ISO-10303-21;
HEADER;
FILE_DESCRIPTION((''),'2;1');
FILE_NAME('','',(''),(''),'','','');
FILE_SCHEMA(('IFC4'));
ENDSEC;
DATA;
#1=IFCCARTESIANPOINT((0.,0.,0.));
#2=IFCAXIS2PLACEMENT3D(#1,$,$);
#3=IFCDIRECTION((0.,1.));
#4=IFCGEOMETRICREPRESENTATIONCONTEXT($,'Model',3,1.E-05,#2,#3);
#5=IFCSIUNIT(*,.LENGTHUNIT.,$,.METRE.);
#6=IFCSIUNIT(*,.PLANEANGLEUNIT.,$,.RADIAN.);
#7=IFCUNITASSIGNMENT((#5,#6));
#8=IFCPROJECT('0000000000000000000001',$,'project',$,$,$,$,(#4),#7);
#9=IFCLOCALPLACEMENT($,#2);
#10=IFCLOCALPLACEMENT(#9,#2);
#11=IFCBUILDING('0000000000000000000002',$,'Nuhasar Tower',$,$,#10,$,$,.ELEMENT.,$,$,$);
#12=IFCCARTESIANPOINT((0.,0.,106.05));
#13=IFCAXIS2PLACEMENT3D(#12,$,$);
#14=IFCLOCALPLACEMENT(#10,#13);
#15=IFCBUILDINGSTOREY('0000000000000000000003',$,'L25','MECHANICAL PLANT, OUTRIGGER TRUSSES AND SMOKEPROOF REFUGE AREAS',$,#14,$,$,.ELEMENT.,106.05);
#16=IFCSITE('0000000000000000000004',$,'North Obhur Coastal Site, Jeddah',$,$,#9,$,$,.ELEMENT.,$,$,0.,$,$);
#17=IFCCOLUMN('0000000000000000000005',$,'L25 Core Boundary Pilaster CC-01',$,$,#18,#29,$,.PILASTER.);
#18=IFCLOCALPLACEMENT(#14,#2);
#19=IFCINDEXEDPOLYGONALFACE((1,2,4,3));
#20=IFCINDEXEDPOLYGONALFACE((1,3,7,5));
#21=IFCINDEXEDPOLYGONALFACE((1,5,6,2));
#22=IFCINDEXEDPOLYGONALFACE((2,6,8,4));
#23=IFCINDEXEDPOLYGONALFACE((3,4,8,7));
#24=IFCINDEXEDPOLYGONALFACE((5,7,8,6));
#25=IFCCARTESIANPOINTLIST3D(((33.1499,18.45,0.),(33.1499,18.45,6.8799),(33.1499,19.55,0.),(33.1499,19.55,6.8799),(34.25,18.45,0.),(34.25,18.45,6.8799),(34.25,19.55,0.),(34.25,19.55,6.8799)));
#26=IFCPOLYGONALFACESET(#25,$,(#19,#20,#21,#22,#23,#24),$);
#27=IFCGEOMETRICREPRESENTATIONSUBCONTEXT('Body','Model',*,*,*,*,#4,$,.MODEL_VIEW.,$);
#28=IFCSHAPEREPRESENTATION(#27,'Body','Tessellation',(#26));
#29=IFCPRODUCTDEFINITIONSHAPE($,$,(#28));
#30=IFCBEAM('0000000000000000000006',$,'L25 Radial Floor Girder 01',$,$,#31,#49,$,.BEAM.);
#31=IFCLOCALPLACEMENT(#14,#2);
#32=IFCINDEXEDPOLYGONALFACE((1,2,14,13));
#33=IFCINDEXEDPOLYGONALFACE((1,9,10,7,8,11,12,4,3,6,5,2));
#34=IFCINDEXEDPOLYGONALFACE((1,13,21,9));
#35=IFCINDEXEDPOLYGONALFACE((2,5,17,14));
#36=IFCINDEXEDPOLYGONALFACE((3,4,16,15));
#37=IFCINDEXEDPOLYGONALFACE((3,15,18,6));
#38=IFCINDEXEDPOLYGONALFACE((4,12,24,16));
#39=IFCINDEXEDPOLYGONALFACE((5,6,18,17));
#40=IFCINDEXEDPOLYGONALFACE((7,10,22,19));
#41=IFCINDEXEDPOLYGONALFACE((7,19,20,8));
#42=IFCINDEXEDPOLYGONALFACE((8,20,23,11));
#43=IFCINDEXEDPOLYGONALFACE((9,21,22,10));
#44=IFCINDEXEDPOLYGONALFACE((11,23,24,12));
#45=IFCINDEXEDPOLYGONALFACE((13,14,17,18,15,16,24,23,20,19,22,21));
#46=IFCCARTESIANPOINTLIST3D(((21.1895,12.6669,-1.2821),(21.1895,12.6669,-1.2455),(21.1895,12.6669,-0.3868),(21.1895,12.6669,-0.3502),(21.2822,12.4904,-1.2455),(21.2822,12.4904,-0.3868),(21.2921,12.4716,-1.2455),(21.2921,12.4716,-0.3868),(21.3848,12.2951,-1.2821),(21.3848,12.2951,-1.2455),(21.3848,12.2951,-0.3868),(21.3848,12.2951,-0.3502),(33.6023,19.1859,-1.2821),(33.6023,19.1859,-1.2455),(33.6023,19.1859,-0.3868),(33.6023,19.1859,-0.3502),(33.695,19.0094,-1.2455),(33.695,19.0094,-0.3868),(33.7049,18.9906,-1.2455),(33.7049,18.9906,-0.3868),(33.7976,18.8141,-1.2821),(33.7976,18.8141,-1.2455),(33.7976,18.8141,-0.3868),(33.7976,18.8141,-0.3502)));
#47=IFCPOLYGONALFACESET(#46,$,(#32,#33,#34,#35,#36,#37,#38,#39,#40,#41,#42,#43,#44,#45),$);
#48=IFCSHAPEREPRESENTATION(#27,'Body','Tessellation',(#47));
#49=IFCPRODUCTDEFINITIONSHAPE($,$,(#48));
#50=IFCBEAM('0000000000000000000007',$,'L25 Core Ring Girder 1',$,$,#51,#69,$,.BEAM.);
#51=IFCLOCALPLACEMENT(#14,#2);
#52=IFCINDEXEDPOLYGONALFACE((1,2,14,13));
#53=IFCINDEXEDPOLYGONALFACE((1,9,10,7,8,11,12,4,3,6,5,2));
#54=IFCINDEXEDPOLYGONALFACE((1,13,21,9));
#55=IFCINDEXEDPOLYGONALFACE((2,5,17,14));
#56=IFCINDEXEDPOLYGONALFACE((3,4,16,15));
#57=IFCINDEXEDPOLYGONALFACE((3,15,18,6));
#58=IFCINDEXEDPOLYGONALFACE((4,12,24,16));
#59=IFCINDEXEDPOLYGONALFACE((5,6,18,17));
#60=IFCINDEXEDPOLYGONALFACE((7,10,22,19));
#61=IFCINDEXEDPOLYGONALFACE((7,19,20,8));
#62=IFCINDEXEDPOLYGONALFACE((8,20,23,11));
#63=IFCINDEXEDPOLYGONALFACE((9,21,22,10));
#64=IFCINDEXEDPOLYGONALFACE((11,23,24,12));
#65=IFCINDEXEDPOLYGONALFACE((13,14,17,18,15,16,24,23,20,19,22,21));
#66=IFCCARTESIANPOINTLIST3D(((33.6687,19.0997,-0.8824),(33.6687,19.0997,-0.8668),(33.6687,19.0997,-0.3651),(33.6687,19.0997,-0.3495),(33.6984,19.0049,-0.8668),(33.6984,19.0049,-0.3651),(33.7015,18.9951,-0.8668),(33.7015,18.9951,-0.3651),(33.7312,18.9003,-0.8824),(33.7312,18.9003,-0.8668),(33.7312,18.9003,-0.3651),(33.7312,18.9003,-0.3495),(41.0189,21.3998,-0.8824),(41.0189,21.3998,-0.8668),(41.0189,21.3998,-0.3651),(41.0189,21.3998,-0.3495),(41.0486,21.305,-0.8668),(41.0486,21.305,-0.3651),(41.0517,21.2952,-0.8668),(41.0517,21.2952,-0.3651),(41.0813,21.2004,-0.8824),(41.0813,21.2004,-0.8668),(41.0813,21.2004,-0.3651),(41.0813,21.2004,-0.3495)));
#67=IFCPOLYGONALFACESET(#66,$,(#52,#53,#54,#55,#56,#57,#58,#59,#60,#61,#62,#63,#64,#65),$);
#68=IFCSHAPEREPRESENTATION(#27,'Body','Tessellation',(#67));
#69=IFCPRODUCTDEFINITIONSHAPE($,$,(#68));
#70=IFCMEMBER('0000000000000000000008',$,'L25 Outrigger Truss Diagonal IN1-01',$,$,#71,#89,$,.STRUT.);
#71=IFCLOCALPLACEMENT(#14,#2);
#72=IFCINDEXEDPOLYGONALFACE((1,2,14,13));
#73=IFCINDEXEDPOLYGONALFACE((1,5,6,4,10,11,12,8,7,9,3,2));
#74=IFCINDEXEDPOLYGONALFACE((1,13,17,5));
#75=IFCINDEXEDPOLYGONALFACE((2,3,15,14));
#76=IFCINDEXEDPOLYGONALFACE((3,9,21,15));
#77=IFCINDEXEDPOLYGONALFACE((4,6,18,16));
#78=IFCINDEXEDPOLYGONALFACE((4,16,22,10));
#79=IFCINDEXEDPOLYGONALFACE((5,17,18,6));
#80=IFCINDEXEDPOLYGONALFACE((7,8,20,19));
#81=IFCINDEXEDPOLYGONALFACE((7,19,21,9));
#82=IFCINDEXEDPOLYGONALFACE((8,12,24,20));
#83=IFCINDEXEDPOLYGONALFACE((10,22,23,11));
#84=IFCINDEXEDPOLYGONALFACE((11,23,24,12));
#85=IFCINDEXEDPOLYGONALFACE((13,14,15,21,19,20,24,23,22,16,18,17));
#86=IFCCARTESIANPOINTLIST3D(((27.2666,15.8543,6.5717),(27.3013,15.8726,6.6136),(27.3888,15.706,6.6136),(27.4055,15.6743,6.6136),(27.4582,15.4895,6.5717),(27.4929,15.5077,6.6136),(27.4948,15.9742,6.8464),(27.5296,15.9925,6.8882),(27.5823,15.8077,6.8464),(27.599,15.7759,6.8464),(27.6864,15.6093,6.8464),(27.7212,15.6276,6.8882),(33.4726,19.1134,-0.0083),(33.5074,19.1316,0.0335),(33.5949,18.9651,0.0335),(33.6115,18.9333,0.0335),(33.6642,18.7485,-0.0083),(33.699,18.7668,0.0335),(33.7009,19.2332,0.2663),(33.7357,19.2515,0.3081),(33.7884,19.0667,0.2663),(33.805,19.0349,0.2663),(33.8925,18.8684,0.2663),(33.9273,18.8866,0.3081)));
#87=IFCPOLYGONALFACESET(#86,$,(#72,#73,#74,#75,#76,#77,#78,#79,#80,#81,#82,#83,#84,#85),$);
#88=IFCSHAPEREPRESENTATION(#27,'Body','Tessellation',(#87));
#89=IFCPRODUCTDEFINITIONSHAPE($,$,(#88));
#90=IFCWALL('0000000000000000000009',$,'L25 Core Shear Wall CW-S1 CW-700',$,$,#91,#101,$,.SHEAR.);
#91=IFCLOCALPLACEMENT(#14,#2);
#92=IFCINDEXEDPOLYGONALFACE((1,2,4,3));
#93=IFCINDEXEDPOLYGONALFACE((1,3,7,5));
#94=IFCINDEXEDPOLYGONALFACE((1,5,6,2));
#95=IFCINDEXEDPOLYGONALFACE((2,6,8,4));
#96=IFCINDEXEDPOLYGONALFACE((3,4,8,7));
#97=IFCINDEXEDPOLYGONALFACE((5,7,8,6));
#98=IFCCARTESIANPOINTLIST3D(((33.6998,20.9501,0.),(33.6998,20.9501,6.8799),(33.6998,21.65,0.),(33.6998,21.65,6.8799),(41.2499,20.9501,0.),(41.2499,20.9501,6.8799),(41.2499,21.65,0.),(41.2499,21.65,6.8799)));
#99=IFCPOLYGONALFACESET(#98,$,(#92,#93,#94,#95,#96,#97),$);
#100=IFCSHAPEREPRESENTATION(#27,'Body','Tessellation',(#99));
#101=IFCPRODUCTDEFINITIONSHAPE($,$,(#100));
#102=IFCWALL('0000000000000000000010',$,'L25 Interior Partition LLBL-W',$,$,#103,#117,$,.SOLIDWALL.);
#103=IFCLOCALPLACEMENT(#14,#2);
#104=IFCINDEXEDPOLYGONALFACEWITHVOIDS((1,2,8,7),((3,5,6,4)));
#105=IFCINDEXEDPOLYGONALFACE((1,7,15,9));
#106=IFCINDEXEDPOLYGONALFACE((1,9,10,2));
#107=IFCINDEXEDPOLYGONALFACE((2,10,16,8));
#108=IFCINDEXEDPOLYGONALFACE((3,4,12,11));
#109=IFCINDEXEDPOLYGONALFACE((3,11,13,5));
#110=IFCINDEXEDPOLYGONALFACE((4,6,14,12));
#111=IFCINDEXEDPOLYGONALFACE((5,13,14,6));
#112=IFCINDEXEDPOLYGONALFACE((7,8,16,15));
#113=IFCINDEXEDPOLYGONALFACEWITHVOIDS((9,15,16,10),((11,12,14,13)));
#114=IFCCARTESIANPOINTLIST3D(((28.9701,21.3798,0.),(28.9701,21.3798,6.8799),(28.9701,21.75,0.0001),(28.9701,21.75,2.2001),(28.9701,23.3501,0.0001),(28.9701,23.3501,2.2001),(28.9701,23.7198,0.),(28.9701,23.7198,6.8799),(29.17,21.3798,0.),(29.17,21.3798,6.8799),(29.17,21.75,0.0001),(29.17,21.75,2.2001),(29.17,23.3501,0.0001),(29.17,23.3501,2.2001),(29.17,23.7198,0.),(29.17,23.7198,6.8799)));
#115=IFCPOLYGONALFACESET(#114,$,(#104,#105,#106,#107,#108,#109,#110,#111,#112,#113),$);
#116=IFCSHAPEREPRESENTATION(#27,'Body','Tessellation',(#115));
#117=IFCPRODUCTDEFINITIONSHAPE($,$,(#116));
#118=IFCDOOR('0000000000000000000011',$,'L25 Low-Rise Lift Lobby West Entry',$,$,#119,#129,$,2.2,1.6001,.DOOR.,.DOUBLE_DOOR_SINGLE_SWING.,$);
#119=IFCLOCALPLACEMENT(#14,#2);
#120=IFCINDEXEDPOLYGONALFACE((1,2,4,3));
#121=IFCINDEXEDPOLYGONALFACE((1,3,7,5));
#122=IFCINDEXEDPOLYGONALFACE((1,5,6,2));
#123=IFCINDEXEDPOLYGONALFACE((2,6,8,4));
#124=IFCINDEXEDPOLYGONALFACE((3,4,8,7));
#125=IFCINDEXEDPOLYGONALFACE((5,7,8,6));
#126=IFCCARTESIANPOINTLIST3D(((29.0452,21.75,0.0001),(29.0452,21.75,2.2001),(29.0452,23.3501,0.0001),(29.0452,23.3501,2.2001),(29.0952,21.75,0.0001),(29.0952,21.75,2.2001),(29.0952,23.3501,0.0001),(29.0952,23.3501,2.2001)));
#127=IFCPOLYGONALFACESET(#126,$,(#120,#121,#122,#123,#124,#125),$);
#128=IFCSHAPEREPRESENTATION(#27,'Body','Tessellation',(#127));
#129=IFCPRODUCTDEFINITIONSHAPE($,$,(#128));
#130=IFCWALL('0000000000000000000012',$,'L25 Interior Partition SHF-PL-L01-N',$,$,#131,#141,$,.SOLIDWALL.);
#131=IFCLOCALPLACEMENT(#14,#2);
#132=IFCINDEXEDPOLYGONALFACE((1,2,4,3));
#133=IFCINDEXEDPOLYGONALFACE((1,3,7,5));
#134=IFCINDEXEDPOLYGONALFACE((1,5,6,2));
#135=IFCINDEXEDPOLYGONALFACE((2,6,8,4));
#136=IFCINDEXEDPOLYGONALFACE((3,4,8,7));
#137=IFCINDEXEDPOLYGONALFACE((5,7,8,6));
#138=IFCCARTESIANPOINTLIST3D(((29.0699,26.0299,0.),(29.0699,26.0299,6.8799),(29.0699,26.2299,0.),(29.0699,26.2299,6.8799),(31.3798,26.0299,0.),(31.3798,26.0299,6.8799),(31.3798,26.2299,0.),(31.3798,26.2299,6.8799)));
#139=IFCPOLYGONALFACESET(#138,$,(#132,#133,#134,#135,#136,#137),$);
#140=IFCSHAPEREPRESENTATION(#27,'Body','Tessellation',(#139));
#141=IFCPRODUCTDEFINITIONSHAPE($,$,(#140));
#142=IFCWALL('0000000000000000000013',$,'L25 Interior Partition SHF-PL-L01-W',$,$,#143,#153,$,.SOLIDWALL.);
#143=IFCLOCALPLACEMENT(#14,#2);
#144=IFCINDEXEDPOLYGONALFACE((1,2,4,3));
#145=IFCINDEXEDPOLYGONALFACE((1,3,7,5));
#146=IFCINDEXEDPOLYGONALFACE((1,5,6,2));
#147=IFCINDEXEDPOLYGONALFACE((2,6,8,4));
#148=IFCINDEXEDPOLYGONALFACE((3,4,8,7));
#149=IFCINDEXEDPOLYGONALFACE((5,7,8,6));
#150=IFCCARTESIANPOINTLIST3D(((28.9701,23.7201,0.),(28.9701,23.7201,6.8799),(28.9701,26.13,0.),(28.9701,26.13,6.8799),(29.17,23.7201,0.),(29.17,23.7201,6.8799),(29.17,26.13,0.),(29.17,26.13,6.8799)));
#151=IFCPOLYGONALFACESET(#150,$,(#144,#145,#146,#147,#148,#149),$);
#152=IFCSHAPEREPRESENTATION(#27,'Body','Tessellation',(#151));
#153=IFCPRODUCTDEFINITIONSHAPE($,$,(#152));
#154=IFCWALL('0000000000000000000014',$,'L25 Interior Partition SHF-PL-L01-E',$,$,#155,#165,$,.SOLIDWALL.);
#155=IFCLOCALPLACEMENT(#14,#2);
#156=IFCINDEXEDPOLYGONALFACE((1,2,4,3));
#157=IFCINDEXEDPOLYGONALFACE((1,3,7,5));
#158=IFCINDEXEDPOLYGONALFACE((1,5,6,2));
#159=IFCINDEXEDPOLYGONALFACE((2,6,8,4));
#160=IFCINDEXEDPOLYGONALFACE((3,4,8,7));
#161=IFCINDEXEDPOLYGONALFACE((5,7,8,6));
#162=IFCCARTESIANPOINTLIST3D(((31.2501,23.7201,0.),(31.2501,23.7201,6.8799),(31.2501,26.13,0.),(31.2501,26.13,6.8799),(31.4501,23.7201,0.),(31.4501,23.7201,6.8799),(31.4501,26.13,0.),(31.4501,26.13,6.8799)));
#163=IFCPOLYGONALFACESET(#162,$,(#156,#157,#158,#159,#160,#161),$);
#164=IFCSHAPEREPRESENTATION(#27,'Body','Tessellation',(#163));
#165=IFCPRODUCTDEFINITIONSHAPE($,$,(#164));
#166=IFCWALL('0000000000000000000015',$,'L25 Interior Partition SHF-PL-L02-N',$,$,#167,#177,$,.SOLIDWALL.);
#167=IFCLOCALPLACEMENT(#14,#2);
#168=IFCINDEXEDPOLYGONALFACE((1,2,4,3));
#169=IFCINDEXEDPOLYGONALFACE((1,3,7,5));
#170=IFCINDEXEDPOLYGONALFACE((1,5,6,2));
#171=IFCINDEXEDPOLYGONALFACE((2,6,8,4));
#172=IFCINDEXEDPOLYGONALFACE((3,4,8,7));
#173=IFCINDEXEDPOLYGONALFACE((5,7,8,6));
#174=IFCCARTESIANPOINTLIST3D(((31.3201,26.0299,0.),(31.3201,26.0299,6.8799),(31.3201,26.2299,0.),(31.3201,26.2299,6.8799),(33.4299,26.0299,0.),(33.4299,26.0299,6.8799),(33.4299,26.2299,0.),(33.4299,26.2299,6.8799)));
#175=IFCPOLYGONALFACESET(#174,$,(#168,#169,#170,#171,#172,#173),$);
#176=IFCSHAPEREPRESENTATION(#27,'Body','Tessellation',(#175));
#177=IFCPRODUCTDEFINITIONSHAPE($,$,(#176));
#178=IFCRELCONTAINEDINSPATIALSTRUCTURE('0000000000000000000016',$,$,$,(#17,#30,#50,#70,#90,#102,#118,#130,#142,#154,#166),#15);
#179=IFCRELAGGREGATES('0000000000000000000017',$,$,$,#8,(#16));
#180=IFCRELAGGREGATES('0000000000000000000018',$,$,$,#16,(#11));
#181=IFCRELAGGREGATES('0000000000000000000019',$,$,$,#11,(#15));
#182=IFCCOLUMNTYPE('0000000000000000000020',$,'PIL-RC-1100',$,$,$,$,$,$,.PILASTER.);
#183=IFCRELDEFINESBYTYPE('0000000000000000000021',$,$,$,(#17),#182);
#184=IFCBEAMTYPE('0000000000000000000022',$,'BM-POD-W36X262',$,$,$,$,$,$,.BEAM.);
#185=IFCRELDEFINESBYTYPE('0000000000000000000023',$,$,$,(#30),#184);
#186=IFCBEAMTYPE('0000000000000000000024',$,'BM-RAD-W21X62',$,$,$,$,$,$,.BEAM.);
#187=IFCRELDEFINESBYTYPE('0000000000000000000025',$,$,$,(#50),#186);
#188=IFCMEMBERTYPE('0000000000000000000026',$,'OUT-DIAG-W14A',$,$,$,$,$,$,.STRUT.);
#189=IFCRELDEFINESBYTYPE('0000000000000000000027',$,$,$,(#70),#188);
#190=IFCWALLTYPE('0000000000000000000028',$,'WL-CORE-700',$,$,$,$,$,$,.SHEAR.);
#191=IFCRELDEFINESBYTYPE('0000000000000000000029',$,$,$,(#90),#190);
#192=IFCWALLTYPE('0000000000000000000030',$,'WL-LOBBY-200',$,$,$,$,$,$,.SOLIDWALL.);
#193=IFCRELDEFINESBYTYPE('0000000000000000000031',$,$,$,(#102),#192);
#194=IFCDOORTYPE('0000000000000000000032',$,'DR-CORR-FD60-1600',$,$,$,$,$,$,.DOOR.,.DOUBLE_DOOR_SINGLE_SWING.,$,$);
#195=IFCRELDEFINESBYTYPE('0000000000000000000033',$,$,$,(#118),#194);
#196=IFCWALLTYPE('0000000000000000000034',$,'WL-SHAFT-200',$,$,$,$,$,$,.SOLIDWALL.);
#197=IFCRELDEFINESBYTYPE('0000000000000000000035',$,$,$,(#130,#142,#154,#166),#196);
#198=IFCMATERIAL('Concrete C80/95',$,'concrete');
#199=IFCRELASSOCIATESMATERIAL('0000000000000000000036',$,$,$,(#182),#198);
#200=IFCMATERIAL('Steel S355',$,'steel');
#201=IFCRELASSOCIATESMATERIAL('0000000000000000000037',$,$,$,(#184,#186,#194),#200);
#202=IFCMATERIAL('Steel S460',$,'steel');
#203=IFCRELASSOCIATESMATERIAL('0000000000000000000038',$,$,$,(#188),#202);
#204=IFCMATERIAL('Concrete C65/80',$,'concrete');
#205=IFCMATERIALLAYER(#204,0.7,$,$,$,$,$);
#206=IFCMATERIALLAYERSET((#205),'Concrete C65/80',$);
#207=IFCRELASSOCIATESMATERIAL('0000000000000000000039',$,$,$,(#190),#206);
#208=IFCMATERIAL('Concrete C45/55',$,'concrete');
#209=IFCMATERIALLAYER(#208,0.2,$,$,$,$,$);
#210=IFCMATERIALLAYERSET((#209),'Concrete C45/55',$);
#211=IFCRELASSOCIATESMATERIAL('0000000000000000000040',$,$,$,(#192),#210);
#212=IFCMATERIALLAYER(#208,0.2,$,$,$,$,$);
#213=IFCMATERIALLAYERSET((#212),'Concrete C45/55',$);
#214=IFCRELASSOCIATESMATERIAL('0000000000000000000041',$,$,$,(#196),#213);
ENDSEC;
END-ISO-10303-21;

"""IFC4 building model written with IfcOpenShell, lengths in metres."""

from ifc_helpers import new_model, si_unit, direction, frame, frame_2d, origin, origin_2d, place, context, subcontext, project, spatial, rectangle, i_section, extrude, material, layer, layer_set, material_profile, profile_set, type_object, element, fill, save


model = new_model("IFC4")

# Units and contexts
model_context = context("Model", 3, precision=1e-05, world=origin(), true_north=direction((0.0, 1.0)))
body_context = subcontext(model_context, "Body", "Model", "MODEL_VIEW")
ifc_project = project(units=[si_unit("LENGTHUNIT", "METRE"), si_unit("PLANEANGLEUNIT", "RADIAN")], contexts=[model_context])

# Site, building, storey
site_placement = place(None, origin())
site = spatial("IfcSite", under=ifc_project, at=site_placement, Name="North Obhur Coastal Site, Jeddah", CompositionType="ELEMENT", RefElevation=0.0)
building_placement = place(site_placement, origin())
building = spatial("IfcBuilding", under=site, at=building_placement, Name="Nuhasar Tower", CompositionType="ELEMENT")
storey_placement = place(building_placement, frame((0.0, 0.0, 106.05)))
storey = spatial("IfcBuildingStorey", under=building, at=storey_placement, Name="L25", Description="MECHANICAL PLANT, OUTRIGGER TRUSSES AND SMOKEPROOF REFUGE AREAS", CompositionType="ELEMENT", Elevation=106.05)

# Column
ifc_material_1 = material(Name="Concrete C80/95", Category="concrete")
ifc_material_profile_1 = material_profile(ifc_material_1, rectangle(XDim=1.1001, YDim=1.1001, at=origin_2d()), Name="RC1100X1100")
ifc_profile_set_1 = profile_set([ifc_material_profile_1], Name="Concrete C80/95")
column_type = type_object("IfcColumnType", Name="PIL-RC-1100", PredefinedType="PILASTER", material=ifc_profile_set_1)
column_placement = place(storey_placement, frame((33.7, 19.0, 0.0), z_axis=(0.0, 0.0, 1.0), x_axis=(1.0, 0.0, 0.0)))
element("IfcColumn", 1, at=column_placement, inside=storey, type_object=column_type, Name="L25 Core Boundary Pilaster CC-01", PredefinedType="PILASTER", context=body_context, shape_type="SweptSolid", body=[
    extrude(rectangle(XDim=1.1001, YDim=1.1001, at=origin_2d()), origin(), (0.0, 0.0, 1.0), 6.8799),
])

# Beams
ifc_material_2 = material(Name="Steel S355", Category="steel")
ifc_material_profile_2 = material_profile(ifc_material_2, i_section(OverallWidth=0.4199, OverallDepth=0.9319, WebThickness=0.0212, FlangeThickness=0.0366, at=origin_2d()), Name="W36X262")
ifc_profile_set_2 = profile_set([ifc_material_profile_2], Name="Steel S355")
beam_type_1 = type_object("IfcBeamType", Name="BM-POD-W36X262", PredefinedType="BEAM", material=ifc_profile_set_2)
beam_1_placement = place(storey_placement, frame((33.7, 19.0, -0.8162), z_axis=(-0.88533, -0.464963, 0.0), x_axis=(0.464963, -0.88533, 0.0)))
element("IfcBeam", 2, at=beam_1_placement, inside=storey, type_object=beam_type_1, Name="L25 Radial Floor Girder 01", PredefinedType="BEAM", context=body_context, shape_type="SweptSolid", body=[
    extrude(i_section(OverallWidth=0.4199, OverallDepth=0.9319, WebThickness=0.0212, FlangeThickness=0.0366, at=origin_2d()), origin(), (0.0, 0.0, 1.0), 14.0205),
])
ifc_material_profile_3 = material_profile(ifc_material_2, i_section(OverallWidth=0.209, OverallDepth=0.533, WebThickness=0.0103, FlangeThickness=0.0156, at=origin_2d()), Name="W21X62")
ifc_profile_set_3 = profile_set([ifc_material_profile_3], Name="Steel S355")
beam_type_2 = type_object("IfcBeamType", Name="BM-RAD-W21X62", PredefinedType="BEAM", material=ifc_profile_set_3)
beam_2_placement = place(storey_placement, frame((33.7, 19.0, -0.616), z_axis=(0.954364, 0.298647, 0.0), x_axis=(-0.298647, 0.954364, 0.0)))
element("IfcBeam", 3, at=beam_2_placement, inside=storey, type_object=beam_type_2, Name="L25 Core Ring Girder 1", PredefinedType="BEAM", context=body_context, shape_type="SweptSolid", body=[
    extrude(i_section(OverallWidth=0.209, OverallDepth=0.533, WebThickness=0.0103, FlangeThickness=0.0156, at=origin_2d()), origin(), (0.0, 0.0, 1.0), 7.7017),
])

# Member
ifc_material_3 = material(Name="Steel S460", Category="steel")
ifc_material_profile_4 = material_profile(ifc_material_3, i_section(OverallWidth=0.4121, OverallDepth=0.4341, WebThickness=0.0359, FlangeThickness=0.0574, at=origin_2d()), Name="W14X311")
ifc_profile_set_4 = profile_set([ifc_material_profile_4], Name="Steel S460")
member_type = type_object("IfcMemberType", Name="OUT-DIAG-W14A", PredefinedType="STRUT", material=ifc_profile_set_4)
member_placement = place(storey_placement, frame((33.7, 19.0, 0.1499), z_axis=(-0.645506, -0.338979, 0.684409), x_axis=(0.464929, -0.885348, 0.0)))
element("IfcMember", 4, at=member_placement, inside=storey, type_object=member_type, Name="L25 Outrigger Truss Diagonal IN1-01", PredefinedType="STRUT", context=body_context, shape_type="SweptSolid", body=[
    extrude(i_section(OverallWidth=0.4121, OverallDepth=0.4341, WebThickness=0.0359, FlangeThickness=0.0574, at=origin_2d()), origin(), (0.0, 0.0, 1.0), 9.6143),
])

# Wall
ifc_material_4 = material(Name="Concrete C65/80", Category="concrete")
ifc_layer_1 = layer(ifc_material_4, 0.7)
ifc_layer_set_1 = layer_set([ifc_layer_1], Name="Concrete C65/80")
wall_type_1 = type_object("IfcWallType", Name="WL-CORE-700", PredefinedType="SHEAR", material=ifc_layer_set_1)
wall_1_placement = place(storey_placement, frame((33.7, 21.3, 0.0), z_axis=(0.0, 0.0, 1.0), x_axis=(1.0, 0.0, 0.0)))
element("IfcWall", 5, at=wall_1_placement, inside=storey, type_object=wall_type_1, Name="L25 Core Shear Wall CW-S1 CW-700", PredefinedType="SHEAR", context=body_context, shape_type="SweptSolid", body=[
    extrude(rectangle(XDim=7.55, YDim=0.7, at=frame_2d((3.7749, 0.0))), origin(), (0.0, 0.0, 1.0), 6.8799),
])

# Wall, opening, door
ifc_material_5 = material(Name="Concrete C45/55", Category="concrete")
ifc_layer_2 = layer(ifc_material_5, 0.2)
ifc_layer_set_2 = layer_set([ifc_layer_2], Name="Concrete C45/55")
wall_type_2 = type_object("IfcWallType", Name="WL-LOBBY-200", PredefinedType="SOLIDWALL", material=ifc_layer_set_2)
wall_2_placement = place(storey_placement, frame((29.0701, 21.3799, 0.0), z_axis=(0.0, 0.0, 1.0), x_axis=(0.0, 1.0, 0.0)))
wall_2 = element("IfcWall", 6, at=wall_2_placement, inside=storey, type_object=wall_type_2, Name="L25 Interior Partition LLBL-W", PredefinedType="SOLIDWALL", context=body_context, shape_type="SweptSolid", body=[
    extrude(rectangle(XDim=2.3401, YDim=0.2, at=frame_2d((1.1699, 0.0))), origin(), (0.0, 0.0, 1.0), 6.8799),
])
opening_1_placement = place(wall_2_placement, frame((0.3701, 0.0, 0.0)))
opening_1 = element("IfcOpeningElement", 7, at=opening_1_placement, cuts=wall_2, PredefinedType="OPENING", context=body_context, shape_type="SweptSolid", body=[
    extrude(rectangle(XDim=1.6001, YDim=2.2, at=frame_2d((0.8, 1.1001))), frame((0.0, 0.1099, 0.0), z_axis=(0.0, -1.0, 0.0), x_axis=(1.0, 0.0, 0.0)), (0.0, 0.0, 1.0), 0.22),
])
door_type_1 = type_object("IfcDoorType", Name="DR-CORR-FD60-1600", OperationType="DOUBLE_DOOR_SINGLE_SWING", PredefinedType="DOOR", material=ifc_material_2)
door_1_placement = place(opening_1_placement, origin())
door_1 = element("IfcDoor", 8, at=door_1_placement, inside=storey, type_object=door_type_1, Name="L25 Low-Rise Lift Lobby West Entry", OperationType="DOUBLE_DOOR_SINGLE_SWING", OverallHeight=2.2, OverallWidth=1.6001, PredefinedType="DOOR", context=body_context, shape_type="SweptSolid", body=[
    extrude(rectangle(XDim=1.6001, YDim=2.2, at=frame_2d((0.8, 1.1001))), frame((0.0, 0.0249, 0.0), z_axis=(0.0, -1.0, 0.0), x_axis=(1.0, 0.0, 0.0)), (0.0, 0.0, 1.0), 0.05),
])
fill(opening_1, door_1)
ifc_layer_3 = layer(ifc_material_5, 0.2)
ifc_layer_set_3 = layer_set([ifc_layer_3], Name="Concrete C45/55")
wall_type_3 = type_object("IfcWallType", Name="WL-SHAFT-200", PredefinedType="SOLIDWALL", material=ifc_layer_set_3)

# Walls
wall_3_placement = place(storey_placement, frame((29.0701, 26.1299, 0.0), z_axis=(0.0, 0.0, 1.0), x_axis=(1.0, 0.0, 0.0)))
element("IfcWall", 9, at=wall_3_placement, inside=storey, type_object=wall_type_3, Name="L25 Interior Partition SHF-PL-L01-N", PredefinedType="SOLIDWALL", context=body_context, shape_type="SweptSolid", body=[
    extrude(rectangle(XDim=2.3098, YDim=0.2, at=frame_2d((1.1548, 0.0))), origin(), (0.0, 0.0, 1.0), 6.8799),
])
for number, where, z_axis, x_axis, name in (
    (10, (29.0701, 23.72, 0.0), (0.0, 0.0, 1.0), (0.0, 1.0, 0.0), "L25 Interior Partition SHF-PL-L01-W"),
    (11, (31.3501, 23.72, 0.0), (0.0, 0.0, 1.0), (0.0, 1.0, 0.0), "L25 Interior Partition SHF-PL-L01-E"),
):
    element("IfcWall", number, at=place(storey_placement, frame(where, z_axis=z_axis, x_axis=x_axis)), inside=storey, type_object=wall_type_3, Name=name, PredefinedType="SOLIDWALL", context=body_context, shape_type="SweptSolid", body=[
        extrude(rectangle(XDim=2.4099, YDim=0.2, at=frame_2d((1.2051, 0.0))), origin(), (0.0, 0.0, 1.0), 6.8799),
    ])

# Wall
wall_4_placement = place(storey_placement, frame((31.3201, 26.1299, 0.0), z_axis=(0.0, 0.0, 1.0), x_axis=(1.0, 0.0, 0.0)))
element("IfcWall", 12, at=wall_4_placement, inside=storey, type_object=wall_type_3, Name="L25 Interior Partition SHF-PL-L02-N", PredefinedType="SOLIDWALL", context=body_context, shape_type="SweptSolid", body=[
    extrude(rectangle(XDim=2.1099, YDim=0.2, at=frame_2d((1.0549, 0.0))), origin(), (0.0, 0.0, 1.0), 6.8799),
])

save(model, "model.ifc")
